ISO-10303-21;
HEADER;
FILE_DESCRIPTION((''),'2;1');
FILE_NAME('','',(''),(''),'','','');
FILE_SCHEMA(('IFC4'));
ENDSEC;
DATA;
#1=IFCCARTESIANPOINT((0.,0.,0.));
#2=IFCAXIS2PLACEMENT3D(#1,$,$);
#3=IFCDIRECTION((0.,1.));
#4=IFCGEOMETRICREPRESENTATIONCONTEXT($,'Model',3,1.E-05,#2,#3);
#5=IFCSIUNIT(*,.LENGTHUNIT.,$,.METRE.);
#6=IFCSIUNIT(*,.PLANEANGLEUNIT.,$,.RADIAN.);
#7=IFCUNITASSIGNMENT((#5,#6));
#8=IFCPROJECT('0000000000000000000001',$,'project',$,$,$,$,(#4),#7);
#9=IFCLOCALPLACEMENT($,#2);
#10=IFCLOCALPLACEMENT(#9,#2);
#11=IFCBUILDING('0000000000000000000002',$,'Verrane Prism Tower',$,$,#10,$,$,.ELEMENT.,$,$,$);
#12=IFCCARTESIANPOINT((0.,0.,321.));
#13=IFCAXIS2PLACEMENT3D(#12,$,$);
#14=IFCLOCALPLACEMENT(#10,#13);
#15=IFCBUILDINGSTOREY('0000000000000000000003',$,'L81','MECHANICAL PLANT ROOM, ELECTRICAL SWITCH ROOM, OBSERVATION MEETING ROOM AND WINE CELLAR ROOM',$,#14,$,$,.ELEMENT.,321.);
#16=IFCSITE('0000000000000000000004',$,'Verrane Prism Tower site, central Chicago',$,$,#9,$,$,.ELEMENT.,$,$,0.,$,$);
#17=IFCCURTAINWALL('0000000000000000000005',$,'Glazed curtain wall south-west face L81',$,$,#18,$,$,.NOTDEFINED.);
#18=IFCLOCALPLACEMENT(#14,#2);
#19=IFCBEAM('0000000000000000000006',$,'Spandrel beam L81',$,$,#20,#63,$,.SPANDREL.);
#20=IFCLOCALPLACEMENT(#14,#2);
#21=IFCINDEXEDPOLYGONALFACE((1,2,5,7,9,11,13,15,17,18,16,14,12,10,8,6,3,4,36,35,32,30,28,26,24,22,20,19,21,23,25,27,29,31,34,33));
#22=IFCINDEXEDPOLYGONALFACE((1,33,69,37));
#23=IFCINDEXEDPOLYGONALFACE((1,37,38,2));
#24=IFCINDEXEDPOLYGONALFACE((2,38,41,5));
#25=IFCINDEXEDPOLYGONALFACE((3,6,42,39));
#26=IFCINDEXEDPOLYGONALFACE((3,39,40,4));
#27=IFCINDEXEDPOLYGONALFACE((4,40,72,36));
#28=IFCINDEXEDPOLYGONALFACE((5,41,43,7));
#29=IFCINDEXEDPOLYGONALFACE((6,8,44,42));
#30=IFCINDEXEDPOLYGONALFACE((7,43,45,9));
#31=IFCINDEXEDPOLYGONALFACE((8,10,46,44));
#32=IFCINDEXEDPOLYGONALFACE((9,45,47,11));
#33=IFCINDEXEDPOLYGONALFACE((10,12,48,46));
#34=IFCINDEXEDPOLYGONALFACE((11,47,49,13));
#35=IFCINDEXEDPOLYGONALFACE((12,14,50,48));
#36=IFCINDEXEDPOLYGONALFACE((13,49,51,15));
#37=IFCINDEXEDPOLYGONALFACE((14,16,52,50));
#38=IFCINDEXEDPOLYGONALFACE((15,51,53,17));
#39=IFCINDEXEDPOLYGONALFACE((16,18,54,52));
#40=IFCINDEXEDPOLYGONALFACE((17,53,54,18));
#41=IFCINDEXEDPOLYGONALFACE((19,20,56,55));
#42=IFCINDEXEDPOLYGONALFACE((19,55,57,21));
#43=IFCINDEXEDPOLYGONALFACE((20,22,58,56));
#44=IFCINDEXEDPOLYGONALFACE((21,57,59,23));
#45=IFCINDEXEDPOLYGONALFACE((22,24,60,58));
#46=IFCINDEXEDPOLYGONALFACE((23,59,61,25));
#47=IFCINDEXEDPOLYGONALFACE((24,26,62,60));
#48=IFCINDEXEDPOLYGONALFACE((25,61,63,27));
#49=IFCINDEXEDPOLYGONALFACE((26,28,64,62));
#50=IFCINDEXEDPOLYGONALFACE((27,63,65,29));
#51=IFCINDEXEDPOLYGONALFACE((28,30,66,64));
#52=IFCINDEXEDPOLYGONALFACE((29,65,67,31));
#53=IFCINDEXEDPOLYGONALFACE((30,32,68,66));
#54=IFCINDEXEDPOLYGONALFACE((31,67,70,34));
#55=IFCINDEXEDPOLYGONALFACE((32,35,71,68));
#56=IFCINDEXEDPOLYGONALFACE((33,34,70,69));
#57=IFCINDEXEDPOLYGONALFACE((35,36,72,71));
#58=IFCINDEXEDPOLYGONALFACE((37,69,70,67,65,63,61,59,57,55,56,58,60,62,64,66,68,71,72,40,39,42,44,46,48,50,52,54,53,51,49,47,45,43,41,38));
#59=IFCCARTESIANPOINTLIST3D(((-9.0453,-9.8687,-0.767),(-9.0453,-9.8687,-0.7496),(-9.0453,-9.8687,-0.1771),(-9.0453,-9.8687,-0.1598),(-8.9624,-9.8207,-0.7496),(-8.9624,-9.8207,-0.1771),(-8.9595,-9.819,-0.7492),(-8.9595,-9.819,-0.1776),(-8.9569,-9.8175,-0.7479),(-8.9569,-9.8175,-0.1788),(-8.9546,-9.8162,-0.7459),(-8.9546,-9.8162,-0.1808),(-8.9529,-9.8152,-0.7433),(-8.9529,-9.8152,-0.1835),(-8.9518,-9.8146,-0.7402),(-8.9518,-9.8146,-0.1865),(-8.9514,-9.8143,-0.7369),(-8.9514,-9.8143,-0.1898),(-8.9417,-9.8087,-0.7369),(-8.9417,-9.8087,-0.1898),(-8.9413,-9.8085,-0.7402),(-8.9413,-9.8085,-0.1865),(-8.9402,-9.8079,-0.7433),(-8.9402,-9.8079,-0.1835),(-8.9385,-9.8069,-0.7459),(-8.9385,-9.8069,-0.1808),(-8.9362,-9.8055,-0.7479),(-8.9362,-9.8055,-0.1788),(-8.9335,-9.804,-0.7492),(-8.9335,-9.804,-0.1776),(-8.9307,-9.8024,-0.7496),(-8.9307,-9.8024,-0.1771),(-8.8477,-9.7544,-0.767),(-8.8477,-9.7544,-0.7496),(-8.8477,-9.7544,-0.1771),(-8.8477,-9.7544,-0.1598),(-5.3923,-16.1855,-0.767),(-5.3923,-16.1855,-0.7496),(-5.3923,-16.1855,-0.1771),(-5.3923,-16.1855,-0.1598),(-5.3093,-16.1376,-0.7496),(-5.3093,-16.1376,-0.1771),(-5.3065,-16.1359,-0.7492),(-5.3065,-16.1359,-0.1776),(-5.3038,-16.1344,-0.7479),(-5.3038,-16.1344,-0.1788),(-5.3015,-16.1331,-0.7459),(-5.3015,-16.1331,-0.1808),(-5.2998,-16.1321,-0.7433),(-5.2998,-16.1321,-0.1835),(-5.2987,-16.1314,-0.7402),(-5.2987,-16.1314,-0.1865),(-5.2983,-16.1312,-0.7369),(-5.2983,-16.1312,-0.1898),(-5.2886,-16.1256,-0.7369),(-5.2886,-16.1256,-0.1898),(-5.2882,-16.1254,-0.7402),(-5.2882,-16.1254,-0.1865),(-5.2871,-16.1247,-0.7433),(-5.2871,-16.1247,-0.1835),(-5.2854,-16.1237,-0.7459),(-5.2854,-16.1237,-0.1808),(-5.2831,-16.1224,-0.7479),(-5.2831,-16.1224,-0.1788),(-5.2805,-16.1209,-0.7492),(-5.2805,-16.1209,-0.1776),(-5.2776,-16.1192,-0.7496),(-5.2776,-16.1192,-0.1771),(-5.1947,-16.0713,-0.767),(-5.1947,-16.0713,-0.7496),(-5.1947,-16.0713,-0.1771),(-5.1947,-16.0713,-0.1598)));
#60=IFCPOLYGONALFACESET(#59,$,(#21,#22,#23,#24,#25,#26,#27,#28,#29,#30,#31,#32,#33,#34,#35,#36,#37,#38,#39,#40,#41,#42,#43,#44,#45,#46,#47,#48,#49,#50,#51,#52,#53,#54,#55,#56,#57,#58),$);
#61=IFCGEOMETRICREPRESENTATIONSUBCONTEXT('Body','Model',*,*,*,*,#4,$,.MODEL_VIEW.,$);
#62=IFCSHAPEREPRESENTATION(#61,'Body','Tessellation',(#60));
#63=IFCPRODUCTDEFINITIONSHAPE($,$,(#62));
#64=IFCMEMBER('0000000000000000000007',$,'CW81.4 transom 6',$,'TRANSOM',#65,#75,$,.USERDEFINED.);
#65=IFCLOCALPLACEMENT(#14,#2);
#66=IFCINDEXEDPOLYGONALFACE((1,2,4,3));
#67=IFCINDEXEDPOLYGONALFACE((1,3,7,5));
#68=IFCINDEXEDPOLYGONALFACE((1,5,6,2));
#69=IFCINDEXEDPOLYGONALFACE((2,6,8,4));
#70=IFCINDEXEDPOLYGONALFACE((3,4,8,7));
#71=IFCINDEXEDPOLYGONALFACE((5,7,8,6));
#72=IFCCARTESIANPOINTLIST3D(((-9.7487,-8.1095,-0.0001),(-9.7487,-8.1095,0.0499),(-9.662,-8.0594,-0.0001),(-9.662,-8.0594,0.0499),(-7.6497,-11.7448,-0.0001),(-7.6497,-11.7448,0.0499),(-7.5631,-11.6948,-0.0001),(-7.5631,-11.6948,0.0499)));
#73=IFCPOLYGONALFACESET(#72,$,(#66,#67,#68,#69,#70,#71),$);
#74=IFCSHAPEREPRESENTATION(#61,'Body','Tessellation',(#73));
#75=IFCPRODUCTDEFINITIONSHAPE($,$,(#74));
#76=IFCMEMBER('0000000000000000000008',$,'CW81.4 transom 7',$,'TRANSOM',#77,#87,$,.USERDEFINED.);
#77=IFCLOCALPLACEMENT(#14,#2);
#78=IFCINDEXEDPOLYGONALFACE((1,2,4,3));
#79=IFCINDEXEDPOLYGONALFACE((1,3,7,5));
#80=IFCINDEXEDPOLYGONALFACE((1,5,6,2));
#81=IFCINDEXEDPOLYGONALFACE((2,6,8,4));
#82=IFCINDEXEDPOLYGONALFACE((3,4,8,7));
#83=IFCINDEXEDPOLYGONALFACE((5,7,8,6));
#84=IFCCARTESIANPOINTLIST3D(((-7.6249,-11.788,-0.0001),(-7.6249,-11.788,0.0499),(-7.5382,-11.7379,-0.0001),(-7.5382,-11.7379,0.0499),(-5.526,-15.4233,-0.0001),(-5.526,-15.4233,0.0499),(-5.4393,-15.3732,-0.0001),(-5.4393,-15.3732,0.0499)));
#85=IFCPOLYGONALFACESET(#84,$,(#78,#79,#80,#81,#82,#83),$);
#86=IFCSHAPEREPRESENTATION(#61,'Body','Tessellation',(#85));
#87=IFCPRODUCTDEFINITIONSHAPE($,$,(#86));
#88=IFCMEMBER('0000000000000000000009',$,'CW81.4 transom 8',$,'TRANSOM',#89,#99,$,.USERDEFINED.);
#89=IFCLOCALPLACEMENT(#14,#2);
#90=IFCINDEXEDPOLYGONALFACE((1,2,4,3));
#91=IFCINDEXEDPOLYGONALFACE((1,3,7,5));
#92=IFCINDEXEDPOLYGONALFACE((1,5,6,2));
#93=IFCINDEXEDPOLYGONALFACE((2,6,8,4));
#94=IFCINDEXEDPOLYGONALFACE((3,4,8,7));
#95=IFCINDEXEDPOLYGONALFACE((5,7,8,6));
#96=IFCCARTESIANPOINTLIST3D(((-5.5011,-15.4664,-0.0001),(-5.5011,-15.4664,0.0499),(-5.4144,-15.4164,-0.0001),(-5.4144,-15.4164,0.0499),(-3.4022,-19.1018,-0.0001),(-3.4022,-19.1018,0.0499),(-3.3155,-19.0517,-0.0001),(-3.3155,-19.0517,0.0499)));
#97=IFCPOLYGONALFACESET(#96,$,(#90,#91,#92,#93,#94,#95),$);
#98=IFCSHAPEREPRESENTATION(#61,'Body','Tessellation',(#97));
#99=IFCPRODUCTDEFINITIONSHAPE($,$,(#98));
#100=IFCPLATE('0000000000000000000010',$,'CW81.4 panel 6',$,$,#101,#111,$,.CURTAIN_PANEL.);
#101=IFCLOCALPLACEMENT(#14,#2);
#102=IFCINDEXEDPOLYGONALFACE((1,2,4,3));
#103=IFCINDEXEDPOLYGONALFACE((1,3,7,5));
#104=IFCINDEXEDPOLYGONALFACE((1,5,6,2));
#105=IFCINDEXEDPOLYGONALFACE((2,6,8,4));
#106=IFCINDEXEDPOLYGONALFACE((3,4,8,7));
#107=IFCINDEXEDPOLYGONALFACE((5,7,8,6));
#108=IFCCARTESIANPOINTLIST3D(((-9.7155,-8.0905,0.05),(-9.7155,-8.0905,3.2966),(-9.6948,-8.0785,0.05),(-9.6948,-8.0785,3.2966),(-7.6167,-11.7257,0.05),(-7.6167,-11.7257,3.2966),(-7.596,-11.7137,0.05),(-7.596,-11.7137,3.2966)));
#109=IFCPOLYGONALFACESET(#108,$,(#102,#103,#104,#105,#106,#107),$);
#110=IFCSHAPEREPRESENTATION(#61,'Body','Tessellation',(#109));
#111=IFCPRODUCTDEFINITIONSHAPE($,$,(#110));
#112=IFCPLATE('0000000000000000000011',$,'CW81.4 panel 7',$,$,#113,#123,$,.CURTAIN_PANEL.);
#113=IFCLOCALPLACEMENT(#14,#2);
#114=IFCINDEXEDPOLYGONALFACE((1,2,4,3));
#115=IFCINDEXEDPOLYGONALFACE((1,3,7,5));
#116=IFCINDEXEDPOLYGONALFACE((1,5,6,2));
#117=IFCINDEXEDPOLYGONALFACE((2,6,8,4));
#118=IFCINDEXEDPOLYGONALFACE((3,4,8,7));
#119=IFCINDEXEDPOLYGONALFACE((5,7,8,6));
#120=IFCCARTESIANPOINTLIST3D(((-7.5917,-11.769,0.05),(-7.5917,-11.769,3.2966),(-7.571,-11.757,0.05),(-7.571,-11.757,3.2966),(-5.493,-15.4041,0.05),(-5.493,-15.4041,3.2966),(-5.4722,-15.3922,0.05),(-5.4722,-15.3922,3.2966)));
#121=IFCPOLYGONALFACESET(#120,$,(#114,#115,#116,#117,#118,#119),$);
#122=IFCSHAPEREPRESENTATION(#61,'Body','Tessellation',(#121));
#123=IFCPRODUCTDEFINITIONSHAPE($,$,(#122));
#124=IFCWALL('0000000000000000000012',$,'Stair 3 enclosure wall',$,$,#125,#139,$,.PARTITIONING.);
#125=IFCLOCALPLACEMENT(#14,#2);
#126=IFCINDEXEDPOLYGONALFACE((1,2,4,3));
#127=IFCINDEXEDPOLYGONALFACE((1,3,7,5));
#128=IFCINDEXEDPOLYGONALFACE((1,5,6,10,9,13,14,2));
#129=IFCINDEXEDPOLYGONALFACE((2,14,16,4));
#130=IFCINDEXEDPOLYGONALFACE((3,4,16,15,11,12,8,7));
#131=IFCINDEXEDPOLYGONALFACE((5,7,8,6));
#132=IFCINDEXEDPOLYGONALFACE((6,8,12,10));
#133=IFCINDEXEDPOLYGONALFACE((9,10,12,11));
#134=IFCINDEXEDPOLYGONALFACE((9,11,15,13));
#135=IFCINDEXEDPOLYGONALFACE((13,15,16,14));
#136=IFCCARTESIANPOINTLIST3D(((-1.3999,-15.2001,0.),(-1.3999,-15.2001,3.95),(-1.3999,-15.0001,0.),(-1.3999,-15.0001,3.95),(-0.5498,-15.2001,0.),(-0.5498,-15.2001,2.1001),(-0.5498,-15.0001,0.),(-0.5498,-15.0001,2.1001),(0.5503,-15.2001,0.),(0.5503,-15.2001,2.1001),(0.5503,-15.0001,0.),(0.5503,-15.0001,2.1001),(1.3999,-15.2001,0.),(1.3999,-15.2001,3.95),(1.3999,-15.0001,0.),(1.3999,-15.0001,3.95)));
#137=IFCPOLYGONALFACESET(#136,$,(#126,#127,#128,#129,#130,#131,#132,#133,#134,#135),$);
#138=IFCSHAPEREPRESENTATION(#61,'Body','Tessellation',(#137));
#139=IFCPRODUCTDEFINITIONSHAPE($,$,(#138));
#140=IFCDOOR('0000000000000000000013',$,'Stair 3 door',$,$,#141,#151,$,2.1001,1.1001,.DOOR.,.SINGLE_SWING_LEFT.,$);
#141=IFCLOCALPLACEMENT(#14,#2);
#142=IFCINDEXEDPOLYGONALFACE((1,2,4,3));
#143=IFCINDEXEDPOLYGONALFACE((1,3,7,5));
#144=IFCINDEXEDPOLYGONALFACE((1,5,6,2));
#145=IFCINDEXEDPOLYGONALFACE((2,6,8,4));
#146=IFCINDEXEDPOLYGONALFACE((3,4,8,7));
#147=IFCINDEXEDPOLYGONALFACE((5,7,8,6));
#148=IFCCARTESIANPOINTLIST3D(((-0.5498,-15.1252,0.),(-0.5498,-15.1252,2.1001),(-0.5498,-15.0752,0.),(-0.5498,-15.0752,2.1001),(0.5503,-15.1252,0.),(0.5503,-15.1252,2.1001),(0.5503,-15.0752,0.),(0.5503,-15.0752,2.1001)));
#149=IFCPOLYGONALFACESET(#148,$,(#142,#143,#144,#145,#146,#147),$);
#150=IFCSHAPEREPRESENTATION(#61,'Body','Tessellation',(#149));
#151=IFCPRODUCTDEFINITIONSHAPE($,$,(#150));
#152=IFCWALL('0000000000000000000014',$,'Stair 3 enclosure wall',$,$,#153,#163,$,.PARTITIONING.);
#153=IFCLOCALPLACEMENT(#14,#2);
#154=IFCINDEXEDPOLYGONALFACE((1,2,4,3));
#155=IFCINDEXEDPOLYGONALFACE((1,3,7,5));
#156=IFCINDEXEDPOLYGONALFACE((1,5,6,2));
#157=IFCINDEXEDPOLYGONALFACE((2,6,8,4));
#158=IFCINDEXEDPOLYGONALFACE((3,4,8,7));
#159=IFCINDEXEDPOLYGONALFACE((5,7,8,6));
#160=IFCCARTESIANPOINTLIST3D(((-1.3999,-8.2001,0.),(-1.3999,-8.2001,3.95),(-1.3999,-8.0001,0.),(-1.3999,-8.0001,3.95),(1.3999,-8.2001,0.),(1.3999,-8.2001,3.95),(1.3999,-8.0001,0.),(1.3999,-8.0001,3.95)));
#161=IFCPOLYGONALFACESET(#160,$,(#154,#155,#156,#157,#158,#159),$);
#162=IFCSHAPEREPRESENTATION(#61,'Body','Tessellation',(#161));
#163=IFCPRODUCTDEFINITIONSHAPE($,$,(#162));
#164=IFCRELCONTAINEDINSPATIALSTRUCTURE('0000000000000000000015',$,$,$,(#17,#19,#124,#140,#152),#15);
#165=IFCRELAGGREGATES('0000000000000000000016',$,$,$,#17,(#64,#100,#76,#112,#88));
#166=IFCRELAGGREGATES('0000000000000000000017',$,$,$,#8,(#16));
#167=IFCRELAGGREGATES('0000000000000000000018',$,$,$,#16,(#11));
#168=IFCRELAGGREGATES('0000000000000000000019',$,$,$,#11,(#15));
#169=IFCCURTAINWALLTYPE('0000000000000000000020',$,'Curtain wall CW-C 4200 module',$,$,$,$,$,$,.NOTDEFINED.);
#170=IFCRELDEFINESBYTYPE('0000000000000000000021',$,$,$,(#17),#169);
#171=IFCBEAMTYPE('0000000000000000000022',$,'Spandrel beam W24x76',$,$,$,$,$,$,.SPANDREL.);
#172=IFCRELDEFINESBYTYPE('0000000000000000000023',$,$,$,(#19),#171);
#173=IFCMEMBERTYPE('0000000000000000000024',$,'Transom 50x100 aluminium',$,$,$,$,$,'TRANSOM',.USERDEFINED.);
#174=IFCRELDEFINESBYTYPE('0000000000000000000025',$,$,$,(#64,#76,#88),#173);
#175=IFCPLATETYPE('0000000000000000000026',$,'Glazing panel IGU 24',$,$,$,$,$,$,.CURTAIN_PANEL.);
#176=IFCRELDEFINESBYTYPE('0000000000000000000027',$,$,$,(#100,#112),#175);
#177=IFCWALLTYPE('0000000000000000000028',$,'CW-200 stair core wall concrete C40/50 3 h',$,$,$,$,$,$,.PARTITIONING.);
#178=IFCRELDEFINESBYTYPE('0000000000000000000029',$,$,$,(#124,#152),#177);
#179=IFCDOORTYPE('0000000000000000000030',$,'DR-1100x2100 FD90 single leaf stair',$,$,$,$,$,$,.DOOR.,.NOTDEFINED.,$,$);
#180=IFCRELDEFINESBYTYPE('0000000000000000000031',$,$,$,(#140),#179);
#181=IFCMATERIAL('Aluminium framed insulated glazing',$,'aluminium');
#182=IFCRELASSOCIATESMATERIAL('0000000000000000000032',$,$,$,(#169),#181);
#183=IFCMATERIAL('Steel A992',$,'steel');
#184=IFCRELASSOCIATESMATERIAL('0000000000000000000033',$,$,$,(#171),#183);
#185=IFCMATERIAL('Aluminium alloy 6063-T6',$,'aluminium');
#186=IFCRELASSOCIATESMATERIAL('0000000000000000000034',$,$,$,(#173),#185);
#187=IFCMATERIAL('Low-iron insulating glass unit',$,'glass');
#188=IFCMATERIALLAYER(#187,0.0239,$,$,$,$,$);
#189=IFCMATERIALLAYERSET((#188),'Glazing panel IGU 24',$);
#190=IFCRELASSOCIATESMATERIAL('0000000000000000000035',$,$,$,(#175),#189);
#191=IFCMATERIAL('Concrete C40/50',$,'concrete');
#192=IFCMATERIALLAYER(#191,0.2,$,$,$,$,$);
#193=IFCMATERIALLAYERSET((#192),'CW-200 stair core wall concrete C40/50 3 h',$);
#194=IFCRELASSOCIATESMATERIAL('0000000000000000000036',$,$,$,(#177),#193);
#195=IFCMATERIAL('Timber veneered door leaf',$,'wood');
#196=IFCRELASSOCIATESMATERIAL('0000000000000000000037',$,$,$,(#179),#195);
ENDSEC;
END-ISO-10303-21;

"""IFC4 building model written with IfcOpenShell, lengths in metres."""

from ifc_helpers import new_model, si_unit, direction, frame, frame_2d, origin, origin_2d, place, context, subcontext, project, spatial, rectangle, i_section, extrude, material, layer, layer_set, material_profile, profile_set, type_object, element, fill, aggregate, save


model = new_model("IFC4")

# Units and contexts
model_context = context("Model", 3, precision=1e-05, world=origin(), true_north=direction((0.0, 1.0)))
body_context = subcontext(model_context, "Body", "Model", "MODEL_VIEW")
ifc_project = project(units=[si_unit("LENGTHUNIT", "METRE"), si_unit("PLANEANGLEUNIT", "RADIAN")], contexts=[model_context])

# Site, building, storey
site_placement = place(None, origin())
site = spatial("IfcSite", under=ifc_project, at=site_placement, Name="Verrane Prism Tower site, central Chicago", CompositionType="ELEMENT", RefElevation=0.0)
building_placement = place(site_placement, origin())
building = spatial("IfcBuilding", under=site, at=building_placement, Name="Verrane Prism Tower", CompositionType="ELEMENT")
storey_placement = place(building_placement, frame((0.0, 0.0, 321.0)))
storey = spatial("IfcBuildingStorey", under=building, at=storey_placement, Name="L81", Description="MECHANICAL PLANT ROOM, ELECTRICAL SWITCH ROOM, OBSERVATION MEETING ROOM AND WINE CELLAR ROOM", CompositionType="ELEMENT", Elevation=321.0)

# Curtain wall
ifc_material_1 = material(Name="Aluminium framed insulated glazing", Category="aluminium")
curtain_wall_type = type_object("IfcCurtainWallType", Name="Curtain wall CW-C 4200 module", PredefinedType="NOTDEFINED", material=ifc_material_1)
curtain_wall_placement = place(storey_placement, origin())
curtain_wall = element("IfcCurtainWall", 1, at=curtain_wall_placement, inside=storey, type_object=curtain_wall_type, Name="Glazed curtain wall south-west face L81", PredefinedType="NOTDEFINED")

# Beam
ifc_material_2 = material(Name="Steel A992", Category="steel")
ifc_material_profile_1 = material_profile(ifc_material_2, i_section(OverallWidth=0.2283, OverallDepth=0.6072, WebThickness=0.0112, FlangeThickness=0.0173, FilletRadius=0.0127, at=origin_2d()), Name="W24x76")
ifc_profile_set_1 = profile_set([ifc_material_profile_1], Name="Steel A992")
beam_type_1 = type_object("IfcBeamType", Name="Spandrel beam W24x76", PredefinedType="SPANDREL", material=ifc_profile_set_1)
beam_1_placement = place(storey_placement, frame((-8.9465, -9.8115, -0.4634), z_axis=(0.500618, -0.865668, 0.0), x_axis=(0.865668, 0.500618, 0.0)))
element("IfcBeam", 2, at=beam_1_placement, inside=storey, type_object=beam_type_1, Name="Spandrel beam L81", PredefinedType="SPANDREL", context=body_context, shape_type="SweptSolid", body=[
    extrude(i_section(OverallWidth=0.2283, OverallDepth=0.6072, WebThickness=0.0112, FlangeThickness=0.0173, FilletRadius=0.0127, at=origin_2d()), origin(), (0.0, 0.0, 1.0), 7.2971),
])

# Members
ifc_material_3 = material(Name="Aluminium alloy 6063-T6", Category="aluminium")
ifc_material_profile_2 = material_profile(ifc_material_3, rectangle(XDim=0.1001, YDim=0.05, at=origin_2d()), Name="Transom 50x100 aluminium")
ifc_profile_set_2 = profile_set([ifc_material_profile_2], Name="Aluminium alloy 6063-T6")
member_type_1 = type_object("IfcMemberType", Name="Transom 50x100 aluminium", ElementType="TRANSOM", PredefinedType="USERDEFINED", material=ifc_profile_set_2)
member_1_placement = place(storey_placement, frame((-9.7053, -8.0845, 0.0249), z_axis=(0.500011, -0.866019, 0.0), x_axis=(0.866019, 0.500011, 0.0)))
member_1 = element("IfcMember", 3, at=member_1_placement, type_object=member_type_1, Name="CW81.4 transom 6", ObjectType="TRANSOM", PredefinedType="USERDEFINED", context=body_context, shape_type="SweptSolid", body=[
    extrude(rectangle(XDim=0.1001, YDim=0.05, at=origin_2d()), origin(), (0.0, 0.0, 1.0), 4.1978),
])
member_2_placement = place(storey_placement, frame((-7.5815, -11.7629, 0.0249), z_axis=(0.500011, -0.866019, 0.0), x_axis=(0.866019, 0.500011, 0.0)))
member_2 = element("IfcMember", 4, at=member_2_placement, type_object=member_type_1, Name="CW81.4 transom 7", ObjectType="TRANSOM", PredefinedType="USERDEFINED", context=body_context, shape_type="SweptSolid", body=[
    extrude(rectangle(XDim=0.1001, YDim=0.05, at=origin_2d()), origin(), (0.0, 0.0, 1.0), 4.1978),
])
member_3_placement = place(storey_placement, frame((-5.4578, -15.4414, 0.0249), z_axis=(0.500011, -0.866019, 0.0), x_axis=(0.866019, 0.500011, 0.0)))
member_3 = element("IfcMember", 5, at=member_3_placement, type_object=member_type_1, Name="CW81.4 transom 8", ObjectType="TRANSOM", PredefinedType="USERDEFINED", context=body_context, shape_type="SweptSolid", body=[
    extrude(rectangle(XDim=0.1001, YDim=0.05, at=origin_2d()), origin(), (0.0, 0.0, 1.0), 4.1978),
])

# Plates
ifc_material_4 = material(Name="Low-iron insulating glass unit", Category="glass")
ifc_layer_1 = layer(ifc_material_4, 0.0239)
ifc_layer_set_1 = layer_set([ifc_layer_1], Name="Glazing panel IGU 24")
plate_type = type_object("IfcPlateType", Name="Glazing panel IGU 24", PredefinedType="CURTAIN_PANEL", material=ifc_layer_set_1)
plate_1_placement = place(storey_placement, frame((-8.6558, -9.9021, 0.05), z_axis=(0.0, 0.0, 1.0), x_axis=(0.5, -0.866025, 0.0)))
plate_1 = element("IfcPlate", 6, at=plate_1_placement, type_object=plate_type, Name="CW81.4 panel 6", PredefinedType="CURTAIN_PANEL", context=body_context, shape_type="SweptSolid", body=[
    extrude(rectangle(XDim=4.1975, YDim=0.0239, at=origin_2d()), origin(), (0.0, 0.0, 1.0), 3.2466),
])
plate_2_placement = place(storey_placement, frame((-6.532, -13.5806, 0.05), z_axis=(0.0, 0.0, 1.0), x_axis=(0.5, -0.866025, 0.0)))
plate_2 = element("IfcPlate", 7, at=plate_2_placement, type_object=plate_type, Name="CW81.4 panel 7", PredefinedType="CURTAIN_PANEL", context=body_context, shape_type="SweptSolid", body=[
    extrude(rectangle(XDim=4.1975, YDim=0.0239, at=origin_2d()), origin(), (0.0, 0.0, 1.0), 3.2466),
])
aggregate(curtain_wall, [member_1, plate_1, member_2, plate_2, member_3])

# Wall, opening, door
ifc_material_5 = material(Name="Concrete C40/50", Category="concrete")
ifc_layer_2 = layer(ifc_material_5, 0.2)
ifc_layer_set_2 = layer_set([ifc_layer_2], Name="CW-200 stair core wall concrete C40/50 3 h")
wall_type_1 = type_object("IfcWallType", Name="CW-200 stair core wall concrete C40/50 3 h", PredefinedType="PARTITIONING", material=ifc_layer_set_2)
wall_1_placement = place(storey_placement, frame((-1.3999, -15.1001, 0.0), z_axis=(0.0, 0.0, 1.0), x_axis=(1.0, 0.0, 0.0)))
wall_1 = element("IfcWall", 8, at=wall_1_placement, inside=storey, type_object=wall_type_1, Name="Stair 3 enclosure wall", PredefinedType="PARTITIONING", context=body_context, shape_type="SweptSolid", body=[
    extrude(rectangle(XDim=2.7998, YDim=0.2, at=frame_2d((1.3999, 0.0))), origin(), (0.0, 0.0, 1.0), 3.95),
])
opening_1_placement = place(wall_1_placement, frame((0.8501, 0.0, 0.0)))
opening_1 = element("IfcOpeningElement", 9, at=opening_1_placement, cuts=wall_1, PredefinedType="OPENING", context=body_context, shape_type="SweptSolid", body=[
    extrude(rectangle(XDim=1.1001, YDim=2.1001, at=frame_2d((0.55, 1.05))), frame((0.0, 0.1099, 0.0), z_axis=(0.0, -1.0, 0.0), x_axis=(1.0, 0.0, 0.0)), (0.0, 0.0, 1.0), 0.22),
])
ifc_material_6 = material(Name="Timber veneered door leaf", Category="wood")
door_type_1 = type_object("IfcDoorType", Name="DR-1100x2100 FD90 single leaf stair", OperationType="NOTDEFINED", PredefinedType="DOOR", material=ifc_material_6)
door_1_placement = place(opening_1_placement, origin())
door_1 = element("IfcDoor", 10, at=door_1_placement, inside=storey, type_object=door_type_1, Name="Stair 3 door", OperationType="SINGLE_SWING_LEFT", OverallHeight=2.1001, OverallWidth=1.1001, PredefinedType="DOOR", context=body_context, shape_type="SweptSolid", body=[
    extrude(rectangle(XDim=1.1001, YDim=2.1001, at=frame_2d((0.55, 1.05))), frame((0.0, 0.0249, 0.0), z_axis=(0.0, -1.0, 0.0), x_axis=(1.0, 0.0, 0.0)), (0.0, 0.0, 1.0), 0.05),
])
fill(opening_1, door_1)

# Wall
wall_2_placement = place(storey_placement, frame((-1.3999, -8.1001, 0.0), z_axis=(0.0, 0.0, 1.0), x_axis=(1.0, 0.0, 0.0)))
element("IfcWall", 11, at=wall_2_placement, inside=storey, type_object=wall_type_1, Name="Stair 3 enclosure wall", PredefinedType="PARTITIONING", context=body_context, shape_type="SweptSolid", body=[
    extrude(rectangle(XDim=2.7998, YDim=0.2, at=frame_2d((1.3999, 0.0))), origin(), (0.0, 0.0, 1.0), 3.95),
])

save(model, "model.ifc")
